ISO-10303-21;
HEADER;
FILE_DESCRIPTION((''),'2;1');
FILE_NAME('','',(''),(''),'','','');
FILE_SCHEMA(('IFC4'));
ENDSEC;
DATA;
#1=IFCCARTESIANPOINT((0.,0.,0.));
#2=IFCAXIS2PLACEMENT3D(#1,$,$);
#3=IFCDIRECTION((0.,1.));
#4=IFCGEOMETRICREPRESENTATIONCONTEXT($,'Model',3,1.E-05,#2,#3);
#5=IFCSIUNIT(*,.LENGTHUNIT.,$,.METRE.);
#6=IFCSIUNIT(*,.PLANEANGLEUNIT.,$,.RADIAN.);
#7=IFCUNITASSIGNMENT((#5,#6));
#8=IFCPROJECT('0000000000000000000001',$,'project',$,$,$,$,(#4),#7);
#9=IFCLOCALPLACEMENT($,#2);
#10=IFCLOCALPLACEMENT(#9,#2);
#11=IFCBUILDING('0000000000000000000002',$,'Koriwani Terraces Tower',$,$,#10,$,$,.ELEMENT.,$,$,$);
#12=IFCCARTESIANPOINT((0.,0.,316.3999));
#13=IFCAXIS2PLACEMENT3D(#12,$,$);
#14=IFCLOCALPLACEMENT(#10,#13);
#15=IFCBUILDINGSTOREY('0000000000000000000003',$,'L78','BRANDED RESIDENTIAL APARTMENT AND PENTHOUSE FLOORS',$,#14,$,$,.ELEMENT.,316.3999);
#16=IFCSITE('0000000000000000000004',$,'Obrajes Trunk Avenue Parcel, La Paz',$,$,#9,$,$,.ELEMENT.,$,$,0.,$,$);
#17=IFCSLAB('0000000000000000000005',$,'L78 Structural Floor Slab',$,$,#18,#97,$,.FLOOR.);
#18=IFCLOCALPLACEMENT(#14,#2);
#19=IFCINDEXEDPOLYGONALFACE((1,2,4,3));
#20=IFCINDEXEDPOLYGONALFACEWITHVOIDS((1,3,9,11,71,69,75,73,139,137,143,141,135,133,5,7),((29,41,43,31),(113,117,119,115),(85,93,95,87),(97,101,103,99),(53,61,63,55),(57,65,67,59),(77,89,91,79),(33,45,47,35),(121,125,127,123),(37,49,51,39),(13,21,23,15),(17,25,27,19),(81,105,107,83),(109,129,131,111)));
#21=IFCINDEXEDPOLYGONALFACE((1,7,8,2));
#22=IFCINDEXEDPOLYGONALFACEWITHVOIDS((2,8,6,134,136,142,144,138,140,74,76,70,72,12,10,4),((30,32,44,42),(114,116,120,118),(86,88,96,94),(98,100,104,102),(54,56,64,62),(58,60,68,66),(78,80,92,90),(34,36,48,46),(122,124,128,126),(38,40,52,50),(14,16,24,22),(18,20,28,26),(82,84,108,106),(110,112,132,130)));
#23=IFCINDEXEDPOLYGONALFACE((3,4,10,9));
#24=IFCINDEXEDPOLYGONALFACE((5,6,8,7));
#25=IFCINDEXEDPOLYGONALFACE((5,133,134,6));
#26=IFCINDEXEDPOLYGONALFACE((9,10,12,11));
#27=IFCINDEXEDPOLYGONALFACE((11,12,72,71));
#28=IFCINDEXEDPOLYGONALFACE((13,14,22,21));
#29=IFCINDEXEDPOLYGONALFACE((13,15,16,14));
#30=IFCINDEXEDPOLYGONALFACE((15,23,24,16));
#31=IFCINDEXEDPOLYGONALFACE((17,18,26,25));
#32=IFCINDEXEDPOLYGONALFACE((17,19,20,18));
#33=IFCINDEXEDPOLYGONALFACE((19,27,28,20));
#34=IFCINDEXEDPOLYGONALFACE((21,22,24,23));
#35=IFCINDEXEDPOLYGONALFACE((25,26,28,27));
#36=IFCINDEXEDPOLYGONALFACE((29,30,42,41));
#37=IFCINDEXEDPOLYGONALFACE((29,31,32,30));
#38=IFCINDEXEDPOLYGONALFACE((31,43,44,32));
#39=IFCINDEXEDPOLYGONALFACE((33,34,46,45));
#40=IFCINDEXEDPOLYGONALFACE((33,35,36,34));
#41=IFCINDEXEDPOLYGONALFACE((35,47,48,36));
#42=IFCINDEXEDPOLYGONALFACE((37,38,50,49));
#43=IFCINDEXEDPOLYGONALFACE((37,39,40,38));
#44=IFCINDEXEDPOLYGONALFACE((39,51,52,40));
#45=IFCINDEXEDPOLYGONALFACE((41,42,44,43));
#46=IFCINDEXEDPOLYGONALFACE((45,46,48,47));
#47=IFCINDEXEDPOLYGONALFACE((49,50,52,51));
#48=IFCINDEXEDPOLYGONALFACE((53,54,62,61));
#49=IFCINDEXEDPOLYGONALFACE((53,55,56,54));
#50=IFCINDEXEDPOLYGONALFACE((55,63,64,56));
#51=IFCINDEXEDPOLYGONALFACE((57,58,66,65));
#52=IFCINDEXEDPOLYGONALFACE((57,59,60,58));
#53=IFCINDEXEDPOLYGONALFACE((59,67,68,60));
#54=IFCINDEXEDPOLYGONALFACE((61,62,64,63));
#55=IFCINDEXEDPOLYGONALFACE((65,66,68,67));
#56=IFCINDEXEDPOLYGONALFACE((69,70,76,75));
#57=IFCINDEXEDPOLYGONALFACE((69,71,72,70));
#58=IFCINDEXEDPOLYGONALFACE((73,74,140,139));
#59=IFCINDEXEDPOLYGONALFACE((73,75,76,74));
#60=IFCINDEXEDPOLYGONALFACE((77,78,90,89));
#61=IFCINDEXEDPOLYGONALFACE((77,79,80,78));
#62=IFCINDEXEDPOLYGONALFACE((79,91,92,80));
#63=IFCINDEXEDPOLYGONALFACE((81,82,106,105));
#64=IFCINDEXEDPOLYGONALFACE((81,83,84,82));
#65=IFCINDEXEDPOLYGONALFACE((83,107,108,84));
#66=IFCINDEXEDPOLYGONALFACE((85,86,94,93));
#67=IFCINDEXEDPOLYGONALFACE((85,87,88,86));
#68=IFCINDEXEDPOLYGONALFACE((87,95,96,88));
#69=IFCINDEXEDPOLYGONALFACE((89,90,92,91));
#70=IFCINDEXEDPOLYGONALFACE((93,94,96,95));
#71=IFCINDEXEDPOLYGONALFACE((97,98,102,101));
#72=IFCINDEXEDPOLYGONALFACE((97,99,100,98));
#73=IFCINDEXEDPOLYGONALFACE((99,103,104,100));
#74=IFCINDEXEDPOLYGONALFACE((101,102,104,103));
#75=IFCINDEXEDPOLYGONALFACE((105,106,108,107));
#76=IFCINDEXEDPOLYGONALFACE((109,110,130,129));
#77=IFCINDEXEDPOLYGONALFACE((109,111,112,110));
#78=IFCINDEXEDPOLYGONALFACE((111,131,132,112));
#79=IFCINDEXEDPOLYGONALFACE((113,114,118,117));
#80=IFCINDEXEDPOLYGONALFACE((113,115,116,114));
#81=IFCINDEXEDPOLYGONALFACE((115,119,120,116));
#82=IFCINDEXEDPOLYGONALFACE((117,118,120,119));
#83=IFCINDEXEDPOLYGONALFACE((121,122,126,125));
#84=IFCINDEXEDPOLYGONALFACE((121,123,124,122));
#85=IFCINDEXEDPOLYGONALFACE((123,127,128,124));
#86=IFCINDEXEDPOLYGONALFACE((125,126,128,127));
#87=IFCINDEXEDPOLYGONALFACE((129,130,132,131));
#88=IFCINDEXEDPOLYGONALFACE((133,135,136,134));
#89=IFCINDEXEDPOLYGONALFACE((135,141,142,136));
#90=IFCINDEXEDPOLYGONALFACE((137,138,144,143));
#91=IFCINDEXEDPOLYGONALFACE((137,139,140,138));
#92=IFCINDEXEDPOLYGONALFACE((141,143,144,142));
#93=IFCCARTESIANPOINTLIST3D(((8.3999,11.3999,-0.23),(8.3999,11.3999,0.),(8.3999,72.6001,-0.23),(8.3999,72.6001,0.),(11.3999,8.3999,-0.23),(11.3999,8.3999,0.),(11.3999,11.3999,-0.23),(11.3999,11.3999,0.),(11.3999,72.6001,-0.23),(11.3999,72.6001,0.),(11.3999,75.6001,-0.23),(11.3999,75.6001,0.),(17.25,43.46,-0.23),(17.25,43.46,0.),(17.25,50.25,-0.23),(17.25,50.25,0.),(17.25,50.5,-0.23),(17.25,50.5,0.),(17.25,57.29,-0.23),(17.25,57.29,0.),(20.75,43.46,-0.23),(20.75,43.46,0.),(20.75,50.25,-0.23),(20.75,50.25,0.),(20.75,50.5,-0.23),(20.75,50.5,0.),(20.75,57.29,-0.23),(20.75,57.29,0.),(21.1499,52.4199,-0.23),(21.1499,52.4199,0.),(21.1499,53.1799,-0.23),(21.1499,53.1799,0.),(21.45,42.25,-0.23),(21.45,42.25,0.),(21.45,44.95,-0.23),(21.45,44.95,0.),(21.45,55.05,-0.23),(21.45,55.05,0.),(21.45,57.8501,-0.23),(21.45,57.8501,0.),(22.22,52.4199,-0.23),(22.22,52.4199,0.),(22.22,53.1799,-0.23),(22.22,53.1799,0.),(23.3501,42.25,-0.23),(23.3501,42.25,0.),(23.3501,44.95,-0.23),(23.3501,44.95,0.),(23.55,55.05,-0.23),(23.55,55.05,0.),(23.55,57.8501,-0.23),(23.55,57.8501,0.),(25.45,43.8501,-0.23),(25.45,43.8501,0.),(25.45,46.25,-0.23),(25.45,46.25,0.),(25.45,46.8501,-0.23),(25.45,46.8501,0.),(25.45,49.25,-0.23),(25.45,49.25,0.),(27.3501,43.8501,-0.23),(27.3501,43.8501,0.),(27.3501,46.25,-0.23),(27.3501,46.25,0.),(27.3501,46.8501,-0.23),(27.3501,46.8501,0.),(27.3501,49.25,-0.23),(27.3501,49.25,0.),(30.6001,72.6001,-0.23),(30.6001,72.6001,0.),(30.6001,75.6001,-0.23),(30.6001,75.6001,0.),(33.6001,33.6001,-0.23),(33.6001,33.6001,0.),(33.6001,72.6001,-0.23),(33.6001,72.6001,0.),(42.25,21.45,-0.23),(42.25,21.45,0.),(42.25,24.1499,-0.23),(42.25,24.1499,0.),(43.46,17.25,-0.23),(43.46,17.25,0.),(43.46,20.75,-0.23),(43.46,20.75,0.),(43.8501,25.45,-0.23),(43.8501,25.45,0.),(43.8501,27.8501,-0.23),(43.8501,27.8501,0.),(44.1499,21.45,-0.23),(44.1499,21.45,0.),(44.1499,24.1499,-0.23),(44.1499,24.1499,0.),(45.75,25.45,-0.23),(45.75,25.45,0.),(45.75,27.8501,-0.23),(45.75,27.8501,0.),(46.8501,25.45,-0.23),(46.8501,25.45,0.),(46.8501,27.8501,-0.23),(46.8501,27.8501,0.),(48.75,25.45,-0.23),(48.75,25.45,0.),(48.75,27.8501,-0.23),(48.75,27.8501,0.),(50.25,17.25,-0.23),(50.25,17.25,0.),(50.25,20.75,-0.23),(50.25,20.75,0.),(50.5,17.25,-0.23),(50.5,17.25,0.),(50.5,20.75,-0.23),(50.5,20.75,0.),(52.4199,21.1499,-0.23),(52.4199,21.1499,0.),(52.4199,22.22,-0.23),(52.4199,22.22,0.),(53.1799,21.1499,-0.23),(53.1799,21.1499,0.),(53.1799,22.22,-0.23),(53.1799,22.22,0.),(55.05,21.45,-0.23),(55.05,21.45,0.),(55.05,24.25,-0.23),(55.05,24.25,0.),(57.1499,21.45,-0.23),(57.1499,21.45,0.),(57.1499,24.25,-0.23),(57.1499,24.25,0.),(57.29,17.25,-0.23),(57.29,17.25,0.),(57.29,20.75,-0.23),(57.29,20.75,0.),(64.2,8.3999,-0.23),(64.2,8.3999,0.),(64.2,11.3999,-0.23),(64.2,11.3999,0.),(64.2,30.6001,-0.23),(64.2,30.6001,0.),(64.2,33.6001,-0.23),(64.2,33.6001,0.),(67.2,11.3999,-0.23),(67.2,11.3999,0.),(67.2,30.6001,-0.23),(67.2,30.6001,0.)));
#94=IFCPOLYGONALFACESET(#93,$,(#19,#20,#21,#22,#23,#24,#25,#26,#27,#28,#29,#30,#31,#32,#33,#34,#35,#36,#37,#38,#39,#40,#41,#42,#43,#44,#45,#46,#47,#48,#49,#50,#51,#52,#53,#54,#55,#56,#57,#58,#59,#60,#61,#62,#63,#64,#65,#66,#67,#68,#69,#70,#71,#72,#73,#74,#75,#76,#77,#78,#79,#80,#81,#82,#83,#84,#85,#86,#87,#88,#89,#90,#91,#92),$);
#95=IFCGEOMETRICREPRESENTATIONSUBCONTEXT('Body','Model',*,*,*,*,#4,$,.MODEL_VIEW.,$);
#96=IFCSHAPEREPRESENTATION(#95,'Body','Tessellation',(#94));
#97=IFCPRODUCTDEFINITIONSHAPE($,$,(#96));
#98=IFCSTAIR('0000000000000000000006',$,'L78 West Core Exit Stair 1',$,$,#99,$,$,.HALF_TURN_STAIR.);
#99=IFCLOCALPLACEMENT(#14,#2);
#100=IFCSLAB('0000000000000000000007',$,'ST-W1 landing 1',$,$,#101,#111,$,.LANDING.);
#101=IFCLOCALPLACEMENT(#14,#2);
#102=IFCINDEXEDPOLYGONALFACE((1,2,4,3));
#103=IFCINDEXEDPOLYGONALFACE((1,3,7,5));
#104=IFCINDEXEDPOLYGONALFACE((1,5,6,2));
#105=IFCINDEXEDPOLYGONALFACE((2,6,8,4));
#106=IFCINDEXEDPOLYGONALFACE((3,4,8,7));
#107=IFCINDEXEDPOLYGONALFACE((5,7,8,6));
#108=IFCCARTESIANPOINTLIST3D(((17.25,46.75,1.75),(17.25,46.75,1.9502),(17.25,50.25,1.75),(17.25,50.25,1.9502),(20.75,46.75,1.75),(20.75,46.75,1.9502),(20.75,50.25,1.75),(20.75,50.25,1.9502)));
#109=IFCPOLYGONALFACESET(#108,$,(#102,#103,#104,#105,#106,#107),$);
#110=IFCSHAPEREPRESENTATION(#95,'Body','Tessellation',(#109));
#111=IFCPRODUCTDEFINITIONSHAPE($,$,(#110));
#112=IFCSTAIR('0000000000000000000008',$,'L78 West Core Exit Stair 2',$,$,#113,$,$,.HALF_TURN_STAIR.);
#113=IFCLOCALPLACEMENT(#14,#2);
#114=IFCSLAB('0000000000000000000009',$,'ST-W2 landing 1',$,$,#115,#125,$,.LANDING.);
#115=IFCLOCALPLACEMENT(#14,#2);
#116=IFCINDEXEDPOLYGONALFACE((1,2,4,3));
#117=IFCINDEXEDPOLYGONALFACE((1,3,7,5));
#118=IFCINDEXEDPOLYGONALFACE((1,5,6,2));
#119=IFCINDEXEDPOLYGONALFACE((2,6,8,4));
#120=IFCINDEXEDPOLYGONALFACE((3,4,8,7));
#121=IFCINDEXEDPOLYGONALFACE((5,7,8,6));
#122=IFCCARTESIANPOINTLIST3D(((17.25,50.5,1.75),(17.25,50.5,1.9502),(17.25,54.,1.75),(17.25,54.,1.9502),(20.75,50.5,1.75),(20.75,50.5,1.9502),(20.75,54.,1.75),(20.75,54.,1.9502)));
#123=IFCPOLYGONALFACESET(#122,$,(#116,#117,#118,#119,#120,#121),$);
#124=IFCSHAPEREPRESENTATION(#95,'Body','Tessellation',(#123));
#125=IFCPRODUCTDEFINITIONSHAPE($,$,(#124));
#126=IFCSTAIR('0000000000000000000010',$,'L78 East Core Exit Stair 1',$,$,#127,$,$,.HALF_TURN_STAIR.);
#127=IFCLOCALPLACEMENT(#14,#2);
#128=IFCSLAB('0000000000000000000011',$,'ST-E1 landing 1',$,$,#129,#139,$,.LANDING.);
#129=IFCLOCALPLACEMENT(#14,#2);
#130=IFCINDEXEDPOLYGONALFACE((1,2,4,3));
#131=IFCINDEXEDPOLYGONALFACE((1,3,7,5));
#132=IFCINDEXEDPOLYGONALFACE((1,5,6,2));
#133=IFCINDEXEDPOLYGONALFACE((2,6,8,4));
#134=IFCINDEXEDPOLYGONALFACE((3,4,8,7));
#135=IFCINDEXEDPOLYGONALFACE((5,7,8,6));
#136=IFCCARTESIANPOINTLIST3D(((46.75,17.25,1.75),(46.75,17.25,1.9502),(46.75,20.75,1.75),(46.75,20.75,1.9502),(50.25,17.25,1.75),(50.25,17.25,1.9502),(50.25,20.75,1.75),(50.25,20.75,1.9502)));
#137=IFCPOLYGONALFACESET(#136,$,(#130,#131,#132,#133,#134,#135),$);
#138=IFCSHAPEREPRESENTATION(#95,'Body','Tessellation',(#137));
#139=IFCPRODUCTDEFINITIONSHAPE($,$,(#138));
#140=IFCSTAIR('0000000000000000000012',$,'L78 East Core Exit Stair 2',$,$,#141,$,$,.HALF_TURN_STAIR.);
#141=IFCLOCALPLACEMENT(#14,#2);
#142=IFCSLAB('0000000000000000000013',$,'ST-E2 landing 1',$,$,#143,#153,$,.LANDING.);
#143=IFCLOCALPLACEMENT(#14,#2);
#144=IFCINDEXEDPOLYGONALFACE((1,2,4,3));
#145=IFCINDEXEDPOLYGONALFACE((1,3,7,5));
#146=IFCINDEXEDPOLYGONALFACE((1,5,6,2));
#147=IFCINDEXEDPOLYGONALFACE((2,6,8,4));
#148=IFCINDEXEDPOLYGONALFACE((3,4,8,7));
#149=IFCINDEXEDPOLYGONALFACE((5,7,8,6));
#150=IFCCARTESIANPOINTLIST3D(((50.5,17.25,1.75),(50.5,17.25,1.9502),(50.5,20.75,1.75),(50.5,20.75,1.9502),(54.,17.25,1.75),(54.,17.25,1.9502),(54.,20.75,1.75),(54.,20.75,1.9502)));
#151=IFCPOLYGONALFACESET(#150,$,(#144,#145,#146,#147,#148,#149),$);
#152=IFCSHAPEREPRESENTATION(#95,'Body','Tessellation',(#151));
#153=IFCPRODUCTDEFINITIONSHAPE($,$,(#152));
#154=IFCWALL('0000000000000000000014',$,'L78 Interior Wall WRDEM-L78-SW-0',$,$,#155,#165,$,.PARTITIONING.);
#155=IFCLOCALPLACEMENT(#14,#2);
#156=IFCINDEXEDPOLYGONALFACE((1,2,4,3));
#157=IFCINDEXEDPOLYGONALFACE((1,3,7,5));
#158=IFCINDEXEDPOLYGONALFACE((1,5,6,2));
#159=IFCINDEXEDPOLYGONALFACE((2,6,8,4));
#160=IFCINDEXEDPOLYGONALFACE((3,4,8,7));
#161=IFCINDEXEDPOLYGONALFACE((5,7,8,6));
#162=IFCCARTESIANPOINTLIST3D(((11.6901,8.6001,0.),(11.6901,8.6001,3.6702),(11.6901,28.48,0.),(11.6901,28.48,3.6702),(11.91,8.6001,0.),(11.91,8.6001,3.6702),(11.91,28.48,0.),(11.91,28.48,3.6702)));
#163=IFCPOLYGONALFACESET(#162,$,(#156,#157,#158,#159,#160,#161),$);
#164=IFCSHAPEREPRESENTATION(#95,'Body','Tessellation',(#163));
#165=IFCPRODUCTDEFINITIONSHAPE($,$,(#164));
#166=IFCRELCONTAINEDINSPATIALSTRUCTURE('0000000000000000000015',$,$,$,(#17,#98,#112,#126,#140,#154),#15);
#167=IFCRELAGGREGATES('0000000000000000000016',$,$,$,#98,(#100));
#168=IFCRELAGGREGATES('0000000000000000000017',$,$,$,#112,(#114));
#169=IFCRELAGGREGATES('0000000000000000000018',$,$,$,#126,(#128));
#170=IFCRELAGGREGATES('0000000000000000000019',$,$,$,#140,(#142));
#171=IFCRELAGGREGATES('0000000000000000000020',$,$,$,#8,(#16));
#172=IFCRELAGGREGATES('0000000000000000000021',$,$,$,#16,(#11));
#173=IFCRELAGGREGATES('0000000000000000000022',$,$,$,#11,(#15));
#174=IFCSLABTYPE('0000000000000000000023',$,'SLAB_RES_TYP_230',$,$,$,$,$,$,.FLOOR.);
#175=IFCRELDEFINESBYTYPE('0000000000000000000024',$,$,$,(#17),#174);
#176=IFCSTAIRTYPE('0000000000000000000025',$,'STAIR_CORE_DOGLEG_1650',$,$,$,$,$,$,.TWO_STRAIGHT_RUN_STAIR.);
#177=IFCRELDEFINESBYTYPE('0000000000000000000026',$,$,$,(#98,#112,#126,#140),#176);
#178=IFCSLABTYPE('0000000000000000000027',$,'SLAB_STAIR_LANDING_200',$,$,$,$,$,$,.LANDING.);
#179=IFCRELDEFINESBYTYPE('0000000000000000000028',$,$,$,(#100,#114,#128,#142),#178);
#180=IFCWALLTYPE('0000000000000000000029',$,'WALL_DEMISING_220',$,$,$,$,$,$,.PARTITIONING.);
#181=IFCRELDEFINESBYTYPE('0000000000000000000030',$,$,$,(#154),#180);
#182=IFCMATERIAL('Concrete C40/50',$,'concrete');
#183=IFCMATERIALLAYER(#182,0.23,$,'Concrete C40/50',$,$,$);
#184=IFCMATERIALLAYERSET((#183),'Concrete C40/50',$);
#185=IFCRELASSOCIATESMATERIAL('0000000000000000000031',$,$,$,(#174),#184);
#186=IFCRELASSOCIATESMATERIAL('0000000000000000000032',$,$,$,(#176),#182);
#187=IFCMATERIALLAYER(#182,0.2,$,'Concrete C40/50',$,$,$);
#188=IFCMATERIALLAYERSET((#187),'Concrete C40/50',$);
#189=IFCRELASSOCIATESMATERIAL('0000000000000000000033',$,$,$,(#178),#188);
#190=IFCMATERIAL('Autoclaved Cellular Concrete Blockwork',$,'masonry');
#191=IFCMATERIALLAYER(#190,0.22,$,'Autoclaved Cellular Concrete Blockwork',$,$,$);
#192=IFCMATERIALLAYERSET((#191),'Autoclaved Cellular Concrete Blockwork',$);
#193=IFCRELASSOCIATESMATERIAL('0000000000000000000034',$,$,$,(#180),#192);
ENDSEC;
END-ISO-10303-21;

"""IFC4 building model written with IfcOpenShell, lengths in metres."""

from ifc_helpers import new_model, si_unit, direction, frame, frame_2d, origin, place, context, subcontext, project, spatial, polyline, rectangle, outline, extrude, material, layer, layer_set, type_object, element, aggregate, save


model = new_model("IFC4")

# Units and contexts
model_context = context("Model", 3, precision=1e-05, world=origin(), true_north=direction((0.0, 1.0)))
body_context = subcontext(model_context, "Body", "Model", "MODEL_VIEW")
ifc_project = project(units=[si_unit("LENGTHUNIT", "METRE"), si_unit("PLANEANGLEUNIT", "RADIAN")], contexts=[model_context])

# Site, building, storey
site_placement = place(None, origin())
site = spatial("IfcSite", under=ifc_project, at=site_placement, Name="Obrajes Trunk Avenue Parcel, La Paz", CompositionType="ELEMENT", RefElevation=0.0)
building_placement = place(site_placement, origin())
building = spatial("IfcBuilding", under=site, at=building_placement, Name="Koriwani Terraces Tower", CompositionType="ELEMENT")
storey_placement = place(building_placement, frame((0.0, 0.0, 316.3999)))
storey = spatial("IfcBuildingStorey", under=building, at=storey_placement, Name="L78", Description="BRANDED RESIDENTIAL APARTMENT AND PENTHOUSE FLOORS", CompositionType="ELEMENT", Elevation=316.3999)

# Shared definitions
ifc_material_1 = material(Name="Concrete C40/50", Category="concrete")

# Slab
ifc_layer_1 = layer(ifc_material_1, 0.23, Name="Concrete C40/50")
ifc_layer_set_1 = layer_set([ifc_layer_1], Name="Concrete C40/50")
slab_type_1 = type_object("IfcSlabType", Name="SLAB_RES_TYP_230", PredefinedType="FLOOR", material=ifc_layer_set_1)
slab_1_placement = place(storey_placement, frame((0.0, 0.0, -0.23)))
element("IfcSlab", 1, at=slab_1_placement, inside=storey, type_object=slab_type_1, Name="L78 Structural Floor Slab", PredefinedType="FLOOR", context=body_context, shape_type="SweptSolid", body=[
    extrude(outline(polyline([(11.3999, 8.3999), (64.2, 8.3999), (64.2, 11.3999), (67.2, 11.3999), (67.2, 30.6001), (64.2, 30.6001), (64.2, 33.6001), (33.6001, 33.6001), (33.6001, 72.6001), (30.6001, 72.6001), (30.6001, 75.6001), (11.3999, 75.6001), (11.3999, 72.6001), (8.3999, 72.6001), (8.3999, 11.3999), (11.3999, 11.3999), (11.3999, 8.3999)]), holes=[polyline([(17.25, 43.46), (20.75, 43.46), (20.75, 50.25), (17.25, 50.25), (17.25, 43.46)]), polyline([(17.25, 50.5), (20.75, 50.5), (20.75, 57.29), (17.25, 57.29), (17.25, 50.5)]), polyline([(43.46, 17.25), (50.25, 17.25), (50.25, 20.75), (43.46, 20.75), (43.46, 17.25)]), polyline([(50.5, 17.25), (57.29, 17.25), (57.29, 20.75), (50.5, 20.75), (50.5, 17.25)]), polyline([(25.45, 43.8501), (27.3501, 43.8501), (27.3501, 46.25), (25.45, 46.25), (25.45, 43.8501)]), polyline([(25.45, 46.8501), (27.3501, 46.8501), (27.3501, 49.25), (25.45, 49.25), (25.45, 46.8501)]), polyline([(43.8501, 25.45), (45.75, 25.45), (45.75, 27.8501), (43.8501, 27.8501), (43.8501, 25.45)]), polyline([(46.8501, 25.45), (48.75, 25.45), (48.75, 27.8501), (46.8501, 27.8501), (46.8501, 25.45)]), polyline([(21.45, 55.05), (23.55, 55.05), (23.55, 57.8501), (21.45, 57.8501), (21.45, 55.05)]), polyline([(55.05, 21.45), (57.1499, 21.45), (57.1499, 24.25), (55.05, 24.25), (55.05, 21.45)]), polyline([(21.45, 42.25), (23.3501, 42.25), (23.3501, 44.95), (21.45, 44.95), (21.45, 42.25)]), polyline([(42.25, 21.45), (44.1499, 21.45), (44.1499, 24.1499), (42.25, 24.1499), (42.25, 21.45)]), polyline([(21.1499, 52.4199), (22.22, 52.4199), (22.22, 53.1799), (21.1499, 53.1799), (21.1499, 52.4199)]), polyline([(52.4199, 21.1499), (53.1799, 21.1499), (53.1799, 22.22), (52.4199, 22.22), (52.4199, 21.1499)])]), origin(), (0.0, 0.0, 1.0), 0.23),
])

# Stairs, slabs
stair_type = type_object("IfcStairType", Name="STAIR_CORE_DOGLEG_1650", PredefinedType="TWO_STRAIGHT_RUN_STAIR", material=ifc_material_1)
stair_1_placement = place(storey_placement, origin())
stair_1 = element("IfcStair", 2, at=stair_1_placement, inside=storey, type_object=stair_type, Name="L78 West Core Exit Stair 1", PredefinedType="HALF_TURN_STAIR")
ifc_layer_2 = layer(ifc_material_1, 0.2, Name="Concrete C40/50")
ifc_layer_set_2 = layer_set([ifc_layer_2], Name="Concrete C40/50")
slab_type_2 = type_object("IfcSlabType", Name="SLAB_STAIR_LANDING_200", PredefinedType="LANDING", material=ifc_layer_set_2)
slab_2_placement = place(storey_placement, frame((0.0, 0.0, 1.75)))
slab_2 = element("IfcSlab", 3, at=slab_2_placement, type_object=slab_type_2, Name="ST-W1 landing 1", PredefinedType="LANDING", context=body_context, shape_type="SweptSolid", body=[
    extrude(outline(polyline([(20.75, 46.75), (20.75, 50.25), (17.25, 50.25), (17.25, 46.75), (20.75, 46.75)])), origin(), (0.0, 0.0, 1.0), 0.2002),
])
aggregate(stair_1, [slab_2])
stair_2_placement = place(storey_placement, origin())
stair_2 = element("IfcStair", 4, at=stair_2_placement, inside=storey, type_object=stair_type, Name="L78 West Core Exit Stair 2", PredefinedType="HALF_TURN_STAIR")
slab_3_placement = place(storey_placement, frame((0.0, 0.0, 1.75)))
slab_3 = element("IfcSlab", 5, at=slab_3_placement, type_object=slab_type_2, Name="ST-W2 landing 1", PredefinedType="LANDING", context=body_context, shape_type="SweptSolid", body=[
    extrude(outline(polyline([(17.25, 54.0), (17.25, 50.5), (20.75, 50.5), (20.75, 54.0), (17.25, 54.0)])), origin(), (0.0, 0.0, 1.0), 0.2002),
])
aggregate(stair_2, [slab_3])
stair_3_placement = place(storey_placement, origin())
stair_3 = element("IfcStair", 6, at=stair_3_placement, inside=storey, type_object=stair_type, Name="L78 East Core Exit Stair 1", PredefinedType="HALF_TURN_STAIR")
slab_4_placement = place(storey_placement, frame((0.0, 0.0, 1.75)))
slab_4 = element("IfcSlab", 7, at=slab_4_placement, type_object=slab_type_2, Name="ST-E1 landing 1", PredefinedType="LANDING", context=body_context, shape_type="SweptSolid", body=[
    extrude(outline(polyline([(46.75, 17.25), (50.25, 17.25), (50.25, 20.75), (46.75, 20.75), (46.75, 17.25)])), origin(), (0.0, 0.0, 1.0), 0.2002),
])
aggregate(stair_3, [slab_4])
stair_4_placement = place(storey_placement, origin())
stair_4 = element("IfcStair", 8, at=stair_4_placement, inside=storey, type_object=stair_type, Name="L78 East Core Exit Stair 2", PredefinedType="HALF_TURN_STAIR")
slab_5_placement = place(storey_placement, frame((0.0, 0.0, 1.75)))
slab_5 = element("IfcSlab", 9, at=slab_5_placement, type_object=slab_type_2, Name="ST-E2 landing 1", PredefinedType="LANDING", context=body_context, shape_type="SweptSolid", body=[
    extrude(outline(polyline([(54.0, 20.75), (50.5, 20.75), (50.5, 17.25), (54.0, 17.25), (54.0, 20.75)])), origin(), (0.0, 0.0, 1.0), 0.2002),
])
aggregate(stair_4, [slab_5])

# Wall
ifc_material_2 = material(Name="Autoclaved Cellular Concrete Blockwork", Category="masonry")
ifc_layer_3 = layer(ifc_material_2, 0.22, Name="Autoclaved Cellular Concrete Blockwork")
ifc_layer_set_3 = layer_set([ifc_layer_3], Name="Autoclaved Cellular Concrete Blockwork")
wall_type_1 = type_object("IfcWallType", Name="WALL_DEMISING_220", PredefinedType="PARTITIONING", material=ifc_layer_set_3)
wall_1_placement = place(storey_placement, frame((11.8, 8.6001, 0.0), z_axis=(0.0, 0.0, 1.0), x_axis=(0.0, 1.0, 0.0)))
element("IfcWall", 10, at=wall_1_placement, inside=storey, type_object=wall_type_1, Name="L78 Interior Wall WRDEM-L78-SW-0", PredefinedType="PARTITIONING", context=body_context, shape_type="SweptSolid", body=[
    extrude(rectangle(XDim=19.8799, YDim=0.22, at=frame_2d((9.9399, 0.0))), origin(), (0.0, 0.0, 1.0), 3.6702),
])

save(model, "model.ifc")
